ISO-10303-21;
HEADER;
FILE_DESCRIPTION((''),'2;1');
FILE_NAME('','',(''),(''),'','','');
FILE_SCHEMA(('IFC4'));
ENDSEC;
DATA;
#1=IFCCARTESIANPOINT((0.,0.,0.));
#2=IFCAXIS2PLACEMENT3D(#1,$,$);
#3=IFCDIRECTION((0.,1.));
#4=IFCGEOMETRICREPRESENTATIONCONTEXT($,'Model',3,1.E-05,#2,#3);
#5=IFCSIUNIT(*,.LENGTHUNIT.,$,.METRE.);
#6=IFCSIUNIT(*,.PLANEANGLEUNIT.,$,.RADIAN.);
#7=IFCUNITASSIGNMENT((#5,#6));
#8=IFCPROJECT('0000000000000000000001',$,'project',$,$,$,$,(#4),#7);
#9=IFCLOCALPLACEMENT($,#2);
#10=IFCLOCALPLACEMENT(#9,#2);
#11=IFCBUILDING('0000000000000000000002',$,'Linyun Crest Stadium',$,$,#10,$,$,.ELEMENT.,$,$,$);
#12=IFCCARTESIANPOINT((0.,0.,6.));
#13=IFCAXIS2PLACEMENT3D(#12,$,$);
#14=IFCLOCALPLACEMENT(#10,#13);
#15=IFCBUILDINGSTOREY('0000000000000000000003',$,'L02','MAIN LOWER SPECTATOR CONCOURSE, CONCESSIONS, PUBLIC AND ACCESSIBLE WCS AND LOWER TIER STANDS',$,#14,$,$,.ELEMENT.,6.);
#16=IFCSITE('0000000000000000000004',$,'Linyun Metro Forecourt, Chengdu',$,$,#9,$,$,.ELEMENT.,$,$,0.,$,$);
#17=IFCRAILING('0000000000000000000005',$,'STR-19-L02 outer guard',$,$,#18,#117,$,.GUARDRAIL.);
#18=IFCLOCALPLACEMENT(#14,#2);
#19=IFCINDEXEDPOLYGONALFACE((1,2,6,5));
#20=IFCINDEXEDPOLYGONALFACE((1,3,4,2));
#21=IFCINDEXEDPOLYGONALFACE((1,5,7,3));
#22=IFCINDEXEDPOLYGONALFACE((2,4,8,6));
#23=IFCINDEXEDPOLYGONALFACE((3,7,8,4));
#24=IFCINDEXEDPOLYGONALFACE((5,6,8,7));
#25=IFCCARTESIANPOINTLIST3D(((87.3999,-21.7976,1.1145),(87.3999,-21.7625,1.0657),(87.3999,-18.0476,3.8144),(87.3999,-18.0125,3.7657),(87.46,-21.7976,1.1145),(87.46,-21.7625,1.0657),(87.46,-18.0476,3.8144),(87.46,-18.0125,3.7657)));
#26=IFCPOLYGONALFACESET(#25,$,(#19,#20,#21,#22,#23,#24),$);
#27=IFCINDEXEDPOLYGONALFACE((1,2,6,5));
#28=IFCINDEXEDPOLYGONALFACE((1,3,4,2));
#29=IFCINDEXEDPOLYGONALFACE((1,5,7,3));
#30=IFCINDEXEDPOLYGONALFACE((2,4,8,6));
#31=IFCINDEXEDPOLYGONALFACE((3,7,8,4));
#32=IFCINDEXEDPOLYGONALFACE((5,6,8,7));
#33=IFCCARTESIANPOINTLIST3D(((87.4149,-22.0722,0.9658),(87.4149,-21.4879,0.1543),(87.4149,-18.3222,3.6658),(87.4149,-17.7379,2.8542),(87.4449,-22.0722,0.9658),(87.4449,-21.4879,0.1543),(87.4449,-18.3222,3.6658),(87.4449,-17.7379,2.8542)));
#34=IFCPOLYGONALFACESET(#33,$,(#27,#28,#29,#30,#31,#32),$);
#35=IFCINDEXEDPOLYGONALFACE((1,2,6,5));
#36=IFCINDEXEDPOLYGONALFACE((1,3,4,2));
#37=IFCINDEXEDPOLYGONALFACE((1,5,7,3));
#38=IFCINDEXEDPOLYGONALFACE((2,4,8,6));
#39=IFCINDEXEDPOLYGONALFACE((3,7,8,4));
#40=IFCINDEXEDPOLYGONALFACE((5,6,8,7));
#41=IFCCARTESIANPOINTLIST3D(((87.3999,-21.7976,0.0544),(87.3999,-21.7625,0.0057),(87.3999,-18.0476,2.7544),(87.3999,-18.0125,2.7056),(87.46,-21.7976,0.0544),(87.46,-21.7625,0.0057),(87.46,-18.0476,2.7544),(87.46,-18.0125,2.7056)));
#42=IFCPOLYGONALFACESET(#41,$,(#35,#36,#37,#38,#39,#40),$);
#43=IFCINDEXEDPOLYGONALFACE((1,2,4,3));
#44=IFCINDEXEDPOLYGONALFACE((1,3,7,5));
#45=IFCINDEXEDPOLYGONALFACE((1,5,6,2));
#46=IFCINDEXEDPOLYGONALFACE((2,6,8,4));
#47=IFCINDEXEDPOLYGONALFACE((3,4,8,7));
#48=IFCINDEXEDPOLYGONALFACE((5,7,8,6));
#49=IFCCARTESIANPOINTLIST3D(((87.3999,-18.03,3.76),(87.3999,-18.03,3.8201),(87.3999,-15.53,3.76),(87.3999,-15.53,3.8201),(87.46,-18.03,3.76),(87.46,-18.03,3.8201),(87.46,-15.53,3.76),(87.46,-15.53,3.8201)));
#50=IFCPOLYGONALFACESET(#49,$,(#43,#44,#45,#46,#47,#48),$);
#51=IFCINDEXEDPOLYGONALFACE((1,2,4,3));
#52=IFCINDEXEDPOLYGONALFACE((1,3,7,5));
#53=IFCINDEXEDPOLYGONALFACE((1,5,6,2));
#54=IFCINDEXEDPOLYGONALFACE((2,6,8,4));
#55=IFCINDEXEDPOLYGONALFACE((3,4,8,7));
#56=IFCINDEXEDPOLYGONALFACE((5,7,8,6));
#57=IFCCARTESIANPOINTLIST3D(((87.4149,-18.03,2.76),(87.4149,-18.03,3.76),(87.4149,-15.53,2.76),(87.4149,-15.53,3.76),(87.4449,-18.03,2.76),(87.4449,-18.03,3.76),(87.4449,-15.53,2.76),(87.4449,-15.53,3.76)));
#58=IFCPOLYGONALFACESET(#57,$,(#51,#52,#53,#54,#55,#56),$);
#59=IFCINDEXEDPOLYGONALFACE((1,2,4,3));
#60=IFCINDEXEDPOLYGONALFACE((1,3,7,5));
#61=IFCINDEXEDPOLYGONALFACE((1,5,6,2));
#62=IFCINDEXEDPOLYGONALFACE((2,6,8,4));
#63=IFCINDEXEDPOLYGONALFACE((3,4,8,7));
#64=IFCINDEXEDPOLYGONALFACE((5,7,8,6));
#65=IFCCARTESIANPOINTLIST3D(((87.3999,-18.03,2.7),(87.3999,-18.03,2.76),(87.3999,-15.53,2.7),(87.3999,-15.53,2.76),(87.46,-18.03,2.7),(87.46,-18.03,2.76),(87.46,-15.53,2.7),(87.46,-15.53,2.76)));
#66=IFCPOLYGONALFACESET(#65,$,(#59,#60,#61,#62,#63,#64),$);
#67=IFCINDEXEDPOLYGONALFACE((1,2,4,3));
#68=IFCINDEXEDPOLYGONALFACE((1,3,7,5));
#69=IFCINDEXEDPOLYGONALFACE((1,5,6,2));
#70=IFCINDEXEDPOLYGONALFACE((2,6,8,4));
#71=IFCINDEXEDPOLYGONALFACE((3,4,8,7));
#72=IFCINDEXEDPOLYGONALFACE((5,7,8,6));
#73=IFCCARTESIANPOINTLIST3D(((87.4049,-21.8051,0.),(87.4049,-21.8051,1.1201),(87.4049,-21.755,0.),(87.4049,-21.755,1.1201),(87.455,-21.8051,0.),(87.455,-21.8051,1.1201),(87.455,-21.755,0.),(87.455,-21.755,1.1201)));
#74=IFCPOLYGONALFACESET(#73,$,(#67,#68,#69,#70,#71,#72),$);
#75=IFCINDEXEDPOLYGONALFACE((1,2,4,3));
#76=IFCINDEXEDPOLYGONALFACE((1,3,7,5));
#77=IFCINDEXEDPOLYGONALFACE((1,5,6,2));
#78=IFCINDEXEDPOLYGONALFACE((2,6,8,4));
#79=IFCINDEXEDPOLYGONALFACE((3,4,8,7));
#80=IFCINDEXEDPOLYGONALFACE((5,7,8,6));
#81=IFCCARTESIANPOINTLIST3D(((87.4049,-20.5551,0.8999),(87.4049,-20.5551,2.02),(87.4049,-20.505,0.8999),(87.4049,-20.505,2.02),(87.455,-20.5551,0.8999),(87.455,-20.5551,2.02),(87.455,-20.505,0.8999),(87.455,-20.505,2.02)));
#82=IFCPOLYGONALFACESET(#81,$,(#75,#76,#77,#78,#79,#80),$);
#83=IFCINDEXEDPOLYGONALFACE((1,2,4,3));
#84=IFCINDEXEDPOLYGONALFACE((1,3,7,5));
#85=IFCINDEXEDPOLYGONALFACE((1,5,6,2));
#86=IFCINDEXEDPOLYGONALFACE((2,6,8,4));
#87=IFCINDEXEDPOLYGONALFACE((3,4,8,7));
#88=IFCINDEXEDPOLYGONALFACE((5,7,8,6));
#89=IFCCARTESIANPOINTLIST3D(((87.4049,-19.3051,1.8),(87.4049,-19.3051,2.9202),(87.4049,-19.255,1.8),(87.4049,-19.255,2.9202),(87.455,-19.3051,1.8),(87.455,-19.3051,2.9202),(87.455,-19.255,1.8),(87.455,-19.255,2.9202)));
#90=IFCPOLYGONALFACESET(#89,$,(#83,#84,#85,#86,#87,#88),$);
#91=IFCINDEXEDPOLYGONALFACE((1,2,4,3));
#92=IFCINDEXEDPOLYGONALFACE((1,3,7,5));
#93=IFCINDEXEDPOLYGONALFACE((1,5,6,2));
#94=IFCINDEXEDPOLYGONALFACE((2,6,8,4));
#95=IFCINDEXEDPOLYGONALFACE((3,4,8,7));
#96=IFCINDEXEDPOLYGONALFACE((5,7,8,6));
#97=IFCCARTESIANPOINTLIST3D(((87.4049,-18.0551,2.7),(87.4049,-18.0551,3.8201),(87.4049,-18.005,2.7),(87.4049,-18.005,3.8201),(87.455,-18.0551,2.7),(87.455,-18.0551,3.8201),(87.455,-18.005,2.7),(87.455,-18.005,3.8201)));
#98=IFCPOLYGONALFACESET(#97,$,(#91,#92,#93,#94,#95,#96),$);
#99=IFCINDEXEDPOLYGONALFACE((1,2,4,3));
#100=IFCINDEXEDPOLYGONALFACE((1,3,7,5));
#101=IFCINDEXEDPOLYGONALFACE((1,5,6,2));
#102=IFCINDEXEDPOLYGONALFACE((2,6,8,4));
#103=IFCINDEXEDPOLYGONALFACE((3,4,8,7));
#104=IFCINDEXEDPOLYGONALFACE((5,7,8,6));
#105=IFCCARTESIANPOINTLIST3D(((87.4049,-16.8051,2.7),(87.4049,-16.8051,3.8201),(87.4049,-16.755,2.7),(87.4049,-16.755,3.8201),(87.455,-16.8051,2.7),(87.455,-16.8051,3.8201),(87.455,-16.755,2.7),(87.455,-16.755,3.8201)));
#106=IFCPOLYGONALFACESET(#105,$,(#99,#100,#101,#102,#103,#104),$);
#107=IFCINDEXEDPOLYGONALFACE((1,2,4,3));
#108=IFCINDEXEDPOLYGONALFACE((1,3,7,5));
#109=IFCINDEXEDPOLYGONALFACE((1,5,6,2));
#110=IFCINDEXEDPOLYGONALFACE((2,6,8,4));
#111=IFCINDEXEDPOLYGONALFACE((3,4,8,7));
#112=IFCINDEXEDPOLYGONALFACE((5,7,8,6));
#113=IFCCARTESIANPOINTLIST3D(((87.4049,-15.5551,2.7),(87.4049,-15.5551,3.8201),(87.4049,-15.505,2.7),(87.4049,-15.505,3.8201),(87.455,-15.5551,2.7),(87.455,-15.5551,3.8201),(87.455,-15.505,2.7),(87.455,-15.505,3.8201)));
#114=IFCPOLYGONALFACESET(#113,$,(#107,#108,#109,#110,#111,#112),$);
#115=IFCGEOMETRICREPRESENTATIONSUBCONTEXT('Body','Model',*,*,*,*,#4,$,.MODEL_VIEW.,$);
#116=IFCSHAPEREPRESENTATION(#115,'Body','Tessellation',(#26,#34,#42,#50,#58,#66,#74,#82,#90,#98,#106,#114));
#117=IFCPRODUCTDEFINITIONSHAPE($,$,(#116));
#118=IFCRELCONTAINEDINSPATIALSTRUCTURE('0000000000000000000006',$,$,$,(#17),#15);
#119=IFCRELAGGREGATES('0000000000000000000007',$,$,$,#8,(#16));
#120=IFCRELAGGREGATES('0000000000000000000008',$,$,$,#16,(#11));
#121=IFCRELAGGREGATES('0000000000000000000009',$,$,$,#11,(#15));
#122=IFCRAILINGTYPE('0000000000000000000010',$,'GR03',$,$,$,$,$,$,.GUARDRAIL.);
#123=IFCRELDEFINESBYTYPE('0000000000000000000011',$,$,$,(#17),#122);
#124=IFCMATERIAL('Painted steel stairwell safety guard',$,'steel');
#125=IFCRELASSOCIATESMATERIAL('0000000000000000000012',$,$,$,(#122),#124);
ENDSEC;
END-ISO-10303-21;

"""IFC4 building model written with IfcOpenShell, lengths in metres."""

from ifc_helpers import new_model, si_unit, direction, frame, origin, origin_2d, place, context, subcontext, project, spatial, rectangle, extrude, material, type_object, element, save


model = new_model("IFC4")

# Units and contexts
model_context = context("Model", 3, precision=1e-05, world=origin(), true_north=direction((0.0, 1.0)))
body_context = subcontext(model_context, "Body", "Model", "MODEL_VIEW")
ifc_project = project(units=[si_unit("LENGTHUNIT", "METRE"), si_unit("PLANEANGLEUNIT", "RADIAN")], contexts=[model_context])

# Site, building, storey
site_placement = place(None, origin())
site = spatial("IfcSite", under=ifc_project, at=site_placement, Name="Linyun Metro Forecourt, Chengdu", CompositionType="ELEMENT", RefElevation=0.0)
building_placement = place(site_placement, origin())
building = spatial("IfcBuilding", under=site, at=building_placement, Name="Linyun Crest Stadium", CompositionType="ELEMENT")
storey_placement = place(building_placement, frame((0.0, 0.0, 6.0)))
storey = spatial("IfcBuildingStorey", under=building, at=storey_placement, Name="L02", Description="MAIN LOWER SPECTATOR CONCOURSE, CONCESSIONS, PUBLIC AND ACCESSIBLE WCS AND LOWER TIER STANDS", CompositionType="ELEMENT", Elevation=6.0)

# Railing
ifc_material_1 = material(Name="Painted steel stairwell safety guard", Category="steel")
railing_type_1 = type_object("IfcRailingType", Name="GR03", PredefinedType="GUARDRAIL", material=ifc_material_1)
railing_1_placement = place(storey_placement, frame((87.4299, -21.78, 0.0)))
element("IfcRailing", 1, at=railing_1_placement, inside=storey, type_object=railing_type_1, Name="STR-19-L02 outer guard", PredefinedType="GUARDRAIL", context=body_context, shape_type="SweptSolid", body=[
    extrude(rectangle(XDim=0.0601, YDim=0.0601, at=origin_2d()), frame((0.0, 0.0, 1.0901), z_axis=(0.0, 0.811539, 0.584298), x_axis=(-1.0, 0.0, 0.0)), (0.0, 0.0, 1.0), 4.6208),
    extrude(rectangle(XDim=0.03, YDim=1.0, at=origin_2d()), frame((0.0, 0.0, 0.5601), z_axis=(0.0, 0.811539, 0.584298), x_axis=(-1.0, 0.0, 0.0)), (0.0, 0.0, 1.0), 4.6208),
    extrude(rectangle(XDim=0.0601, YDim=0.0601, at=origin_2d()), frame((0.0, 0.0, 0.03), z_axis=(0.0, 0.811539, 0.584298), x_axis=(-1.0, 0.0, 0.0)), (0.0, 0.0, 1.0), 4.6208),
    extrude(rectangle(XDim=0.0601, YDim=0.0601, at=origin_2d()), frame((0.0, 3.75, 3.79), z_axis=(0.0, 1.0, 0.0), x_axis=(-1.0, 0.0, 0.0)), (0.0, 0.0, 1.0), 2.5),
    extrude(rectangle(XDim=0.03, YDim=1.0, at=origin_2d()), frame((0.0, 3.75, 3.26), z_axis=(0.0, 1.0, 0.0), x_axis=(-1.0, 0.0, 0.0)), (0.0, 0.0, 1.0), 2.5),
    extrude(rectangle(XDim=0.0601, YDim=0.0601, at=origin_2d()), frame((0.0, 3.75, 2.73), z_axis=(0.0, 1.0, 0.0), x_axis=(-1.0, 0.0, 0.0)), (0.0, 0.0, 1.0), 2.5),
    extrude(rectangle(XDim=0.05, YDim=0.05, at=origin_2d()), origin(), (0.0, 0.0, 1.0), 1.1201),
    extrude(rectangle(XDim=0.05, YDim=0.05, at=origin_2d()), frame((0.0, 1.25, 0.8999)), (0.0, 0.0, 1.0), 1.1201),
    extrude(rectangle(XDim=0.05, YDim=0.05, at=origin_2d()), frame((0.0, 2.5, 1.8)), (0.0, 0.0, 1.0), 1.1201),
    extrude(rectangle(XDim=0.05, YDim=0.05, at=origin_2d()), frame((0.0, 3.75, 2.7)), (0.0, 0.0, 1.0), 1.1201),
    extrude(rectangle(XDim=0.05, YDim=0.05, at=origin_2d()), frame((0.0, 5.0, 2.7)), (0.0, 0.0, 1.0), 1.1201),
    extrude(rectangle(XDim=0.05, YDim=0.05, at=origin_2d()), frame((0.0, 6.25, 2.7)), (0.0, 0.0, 1.0), 1.1201),
])

save(model, "model.ifc")
